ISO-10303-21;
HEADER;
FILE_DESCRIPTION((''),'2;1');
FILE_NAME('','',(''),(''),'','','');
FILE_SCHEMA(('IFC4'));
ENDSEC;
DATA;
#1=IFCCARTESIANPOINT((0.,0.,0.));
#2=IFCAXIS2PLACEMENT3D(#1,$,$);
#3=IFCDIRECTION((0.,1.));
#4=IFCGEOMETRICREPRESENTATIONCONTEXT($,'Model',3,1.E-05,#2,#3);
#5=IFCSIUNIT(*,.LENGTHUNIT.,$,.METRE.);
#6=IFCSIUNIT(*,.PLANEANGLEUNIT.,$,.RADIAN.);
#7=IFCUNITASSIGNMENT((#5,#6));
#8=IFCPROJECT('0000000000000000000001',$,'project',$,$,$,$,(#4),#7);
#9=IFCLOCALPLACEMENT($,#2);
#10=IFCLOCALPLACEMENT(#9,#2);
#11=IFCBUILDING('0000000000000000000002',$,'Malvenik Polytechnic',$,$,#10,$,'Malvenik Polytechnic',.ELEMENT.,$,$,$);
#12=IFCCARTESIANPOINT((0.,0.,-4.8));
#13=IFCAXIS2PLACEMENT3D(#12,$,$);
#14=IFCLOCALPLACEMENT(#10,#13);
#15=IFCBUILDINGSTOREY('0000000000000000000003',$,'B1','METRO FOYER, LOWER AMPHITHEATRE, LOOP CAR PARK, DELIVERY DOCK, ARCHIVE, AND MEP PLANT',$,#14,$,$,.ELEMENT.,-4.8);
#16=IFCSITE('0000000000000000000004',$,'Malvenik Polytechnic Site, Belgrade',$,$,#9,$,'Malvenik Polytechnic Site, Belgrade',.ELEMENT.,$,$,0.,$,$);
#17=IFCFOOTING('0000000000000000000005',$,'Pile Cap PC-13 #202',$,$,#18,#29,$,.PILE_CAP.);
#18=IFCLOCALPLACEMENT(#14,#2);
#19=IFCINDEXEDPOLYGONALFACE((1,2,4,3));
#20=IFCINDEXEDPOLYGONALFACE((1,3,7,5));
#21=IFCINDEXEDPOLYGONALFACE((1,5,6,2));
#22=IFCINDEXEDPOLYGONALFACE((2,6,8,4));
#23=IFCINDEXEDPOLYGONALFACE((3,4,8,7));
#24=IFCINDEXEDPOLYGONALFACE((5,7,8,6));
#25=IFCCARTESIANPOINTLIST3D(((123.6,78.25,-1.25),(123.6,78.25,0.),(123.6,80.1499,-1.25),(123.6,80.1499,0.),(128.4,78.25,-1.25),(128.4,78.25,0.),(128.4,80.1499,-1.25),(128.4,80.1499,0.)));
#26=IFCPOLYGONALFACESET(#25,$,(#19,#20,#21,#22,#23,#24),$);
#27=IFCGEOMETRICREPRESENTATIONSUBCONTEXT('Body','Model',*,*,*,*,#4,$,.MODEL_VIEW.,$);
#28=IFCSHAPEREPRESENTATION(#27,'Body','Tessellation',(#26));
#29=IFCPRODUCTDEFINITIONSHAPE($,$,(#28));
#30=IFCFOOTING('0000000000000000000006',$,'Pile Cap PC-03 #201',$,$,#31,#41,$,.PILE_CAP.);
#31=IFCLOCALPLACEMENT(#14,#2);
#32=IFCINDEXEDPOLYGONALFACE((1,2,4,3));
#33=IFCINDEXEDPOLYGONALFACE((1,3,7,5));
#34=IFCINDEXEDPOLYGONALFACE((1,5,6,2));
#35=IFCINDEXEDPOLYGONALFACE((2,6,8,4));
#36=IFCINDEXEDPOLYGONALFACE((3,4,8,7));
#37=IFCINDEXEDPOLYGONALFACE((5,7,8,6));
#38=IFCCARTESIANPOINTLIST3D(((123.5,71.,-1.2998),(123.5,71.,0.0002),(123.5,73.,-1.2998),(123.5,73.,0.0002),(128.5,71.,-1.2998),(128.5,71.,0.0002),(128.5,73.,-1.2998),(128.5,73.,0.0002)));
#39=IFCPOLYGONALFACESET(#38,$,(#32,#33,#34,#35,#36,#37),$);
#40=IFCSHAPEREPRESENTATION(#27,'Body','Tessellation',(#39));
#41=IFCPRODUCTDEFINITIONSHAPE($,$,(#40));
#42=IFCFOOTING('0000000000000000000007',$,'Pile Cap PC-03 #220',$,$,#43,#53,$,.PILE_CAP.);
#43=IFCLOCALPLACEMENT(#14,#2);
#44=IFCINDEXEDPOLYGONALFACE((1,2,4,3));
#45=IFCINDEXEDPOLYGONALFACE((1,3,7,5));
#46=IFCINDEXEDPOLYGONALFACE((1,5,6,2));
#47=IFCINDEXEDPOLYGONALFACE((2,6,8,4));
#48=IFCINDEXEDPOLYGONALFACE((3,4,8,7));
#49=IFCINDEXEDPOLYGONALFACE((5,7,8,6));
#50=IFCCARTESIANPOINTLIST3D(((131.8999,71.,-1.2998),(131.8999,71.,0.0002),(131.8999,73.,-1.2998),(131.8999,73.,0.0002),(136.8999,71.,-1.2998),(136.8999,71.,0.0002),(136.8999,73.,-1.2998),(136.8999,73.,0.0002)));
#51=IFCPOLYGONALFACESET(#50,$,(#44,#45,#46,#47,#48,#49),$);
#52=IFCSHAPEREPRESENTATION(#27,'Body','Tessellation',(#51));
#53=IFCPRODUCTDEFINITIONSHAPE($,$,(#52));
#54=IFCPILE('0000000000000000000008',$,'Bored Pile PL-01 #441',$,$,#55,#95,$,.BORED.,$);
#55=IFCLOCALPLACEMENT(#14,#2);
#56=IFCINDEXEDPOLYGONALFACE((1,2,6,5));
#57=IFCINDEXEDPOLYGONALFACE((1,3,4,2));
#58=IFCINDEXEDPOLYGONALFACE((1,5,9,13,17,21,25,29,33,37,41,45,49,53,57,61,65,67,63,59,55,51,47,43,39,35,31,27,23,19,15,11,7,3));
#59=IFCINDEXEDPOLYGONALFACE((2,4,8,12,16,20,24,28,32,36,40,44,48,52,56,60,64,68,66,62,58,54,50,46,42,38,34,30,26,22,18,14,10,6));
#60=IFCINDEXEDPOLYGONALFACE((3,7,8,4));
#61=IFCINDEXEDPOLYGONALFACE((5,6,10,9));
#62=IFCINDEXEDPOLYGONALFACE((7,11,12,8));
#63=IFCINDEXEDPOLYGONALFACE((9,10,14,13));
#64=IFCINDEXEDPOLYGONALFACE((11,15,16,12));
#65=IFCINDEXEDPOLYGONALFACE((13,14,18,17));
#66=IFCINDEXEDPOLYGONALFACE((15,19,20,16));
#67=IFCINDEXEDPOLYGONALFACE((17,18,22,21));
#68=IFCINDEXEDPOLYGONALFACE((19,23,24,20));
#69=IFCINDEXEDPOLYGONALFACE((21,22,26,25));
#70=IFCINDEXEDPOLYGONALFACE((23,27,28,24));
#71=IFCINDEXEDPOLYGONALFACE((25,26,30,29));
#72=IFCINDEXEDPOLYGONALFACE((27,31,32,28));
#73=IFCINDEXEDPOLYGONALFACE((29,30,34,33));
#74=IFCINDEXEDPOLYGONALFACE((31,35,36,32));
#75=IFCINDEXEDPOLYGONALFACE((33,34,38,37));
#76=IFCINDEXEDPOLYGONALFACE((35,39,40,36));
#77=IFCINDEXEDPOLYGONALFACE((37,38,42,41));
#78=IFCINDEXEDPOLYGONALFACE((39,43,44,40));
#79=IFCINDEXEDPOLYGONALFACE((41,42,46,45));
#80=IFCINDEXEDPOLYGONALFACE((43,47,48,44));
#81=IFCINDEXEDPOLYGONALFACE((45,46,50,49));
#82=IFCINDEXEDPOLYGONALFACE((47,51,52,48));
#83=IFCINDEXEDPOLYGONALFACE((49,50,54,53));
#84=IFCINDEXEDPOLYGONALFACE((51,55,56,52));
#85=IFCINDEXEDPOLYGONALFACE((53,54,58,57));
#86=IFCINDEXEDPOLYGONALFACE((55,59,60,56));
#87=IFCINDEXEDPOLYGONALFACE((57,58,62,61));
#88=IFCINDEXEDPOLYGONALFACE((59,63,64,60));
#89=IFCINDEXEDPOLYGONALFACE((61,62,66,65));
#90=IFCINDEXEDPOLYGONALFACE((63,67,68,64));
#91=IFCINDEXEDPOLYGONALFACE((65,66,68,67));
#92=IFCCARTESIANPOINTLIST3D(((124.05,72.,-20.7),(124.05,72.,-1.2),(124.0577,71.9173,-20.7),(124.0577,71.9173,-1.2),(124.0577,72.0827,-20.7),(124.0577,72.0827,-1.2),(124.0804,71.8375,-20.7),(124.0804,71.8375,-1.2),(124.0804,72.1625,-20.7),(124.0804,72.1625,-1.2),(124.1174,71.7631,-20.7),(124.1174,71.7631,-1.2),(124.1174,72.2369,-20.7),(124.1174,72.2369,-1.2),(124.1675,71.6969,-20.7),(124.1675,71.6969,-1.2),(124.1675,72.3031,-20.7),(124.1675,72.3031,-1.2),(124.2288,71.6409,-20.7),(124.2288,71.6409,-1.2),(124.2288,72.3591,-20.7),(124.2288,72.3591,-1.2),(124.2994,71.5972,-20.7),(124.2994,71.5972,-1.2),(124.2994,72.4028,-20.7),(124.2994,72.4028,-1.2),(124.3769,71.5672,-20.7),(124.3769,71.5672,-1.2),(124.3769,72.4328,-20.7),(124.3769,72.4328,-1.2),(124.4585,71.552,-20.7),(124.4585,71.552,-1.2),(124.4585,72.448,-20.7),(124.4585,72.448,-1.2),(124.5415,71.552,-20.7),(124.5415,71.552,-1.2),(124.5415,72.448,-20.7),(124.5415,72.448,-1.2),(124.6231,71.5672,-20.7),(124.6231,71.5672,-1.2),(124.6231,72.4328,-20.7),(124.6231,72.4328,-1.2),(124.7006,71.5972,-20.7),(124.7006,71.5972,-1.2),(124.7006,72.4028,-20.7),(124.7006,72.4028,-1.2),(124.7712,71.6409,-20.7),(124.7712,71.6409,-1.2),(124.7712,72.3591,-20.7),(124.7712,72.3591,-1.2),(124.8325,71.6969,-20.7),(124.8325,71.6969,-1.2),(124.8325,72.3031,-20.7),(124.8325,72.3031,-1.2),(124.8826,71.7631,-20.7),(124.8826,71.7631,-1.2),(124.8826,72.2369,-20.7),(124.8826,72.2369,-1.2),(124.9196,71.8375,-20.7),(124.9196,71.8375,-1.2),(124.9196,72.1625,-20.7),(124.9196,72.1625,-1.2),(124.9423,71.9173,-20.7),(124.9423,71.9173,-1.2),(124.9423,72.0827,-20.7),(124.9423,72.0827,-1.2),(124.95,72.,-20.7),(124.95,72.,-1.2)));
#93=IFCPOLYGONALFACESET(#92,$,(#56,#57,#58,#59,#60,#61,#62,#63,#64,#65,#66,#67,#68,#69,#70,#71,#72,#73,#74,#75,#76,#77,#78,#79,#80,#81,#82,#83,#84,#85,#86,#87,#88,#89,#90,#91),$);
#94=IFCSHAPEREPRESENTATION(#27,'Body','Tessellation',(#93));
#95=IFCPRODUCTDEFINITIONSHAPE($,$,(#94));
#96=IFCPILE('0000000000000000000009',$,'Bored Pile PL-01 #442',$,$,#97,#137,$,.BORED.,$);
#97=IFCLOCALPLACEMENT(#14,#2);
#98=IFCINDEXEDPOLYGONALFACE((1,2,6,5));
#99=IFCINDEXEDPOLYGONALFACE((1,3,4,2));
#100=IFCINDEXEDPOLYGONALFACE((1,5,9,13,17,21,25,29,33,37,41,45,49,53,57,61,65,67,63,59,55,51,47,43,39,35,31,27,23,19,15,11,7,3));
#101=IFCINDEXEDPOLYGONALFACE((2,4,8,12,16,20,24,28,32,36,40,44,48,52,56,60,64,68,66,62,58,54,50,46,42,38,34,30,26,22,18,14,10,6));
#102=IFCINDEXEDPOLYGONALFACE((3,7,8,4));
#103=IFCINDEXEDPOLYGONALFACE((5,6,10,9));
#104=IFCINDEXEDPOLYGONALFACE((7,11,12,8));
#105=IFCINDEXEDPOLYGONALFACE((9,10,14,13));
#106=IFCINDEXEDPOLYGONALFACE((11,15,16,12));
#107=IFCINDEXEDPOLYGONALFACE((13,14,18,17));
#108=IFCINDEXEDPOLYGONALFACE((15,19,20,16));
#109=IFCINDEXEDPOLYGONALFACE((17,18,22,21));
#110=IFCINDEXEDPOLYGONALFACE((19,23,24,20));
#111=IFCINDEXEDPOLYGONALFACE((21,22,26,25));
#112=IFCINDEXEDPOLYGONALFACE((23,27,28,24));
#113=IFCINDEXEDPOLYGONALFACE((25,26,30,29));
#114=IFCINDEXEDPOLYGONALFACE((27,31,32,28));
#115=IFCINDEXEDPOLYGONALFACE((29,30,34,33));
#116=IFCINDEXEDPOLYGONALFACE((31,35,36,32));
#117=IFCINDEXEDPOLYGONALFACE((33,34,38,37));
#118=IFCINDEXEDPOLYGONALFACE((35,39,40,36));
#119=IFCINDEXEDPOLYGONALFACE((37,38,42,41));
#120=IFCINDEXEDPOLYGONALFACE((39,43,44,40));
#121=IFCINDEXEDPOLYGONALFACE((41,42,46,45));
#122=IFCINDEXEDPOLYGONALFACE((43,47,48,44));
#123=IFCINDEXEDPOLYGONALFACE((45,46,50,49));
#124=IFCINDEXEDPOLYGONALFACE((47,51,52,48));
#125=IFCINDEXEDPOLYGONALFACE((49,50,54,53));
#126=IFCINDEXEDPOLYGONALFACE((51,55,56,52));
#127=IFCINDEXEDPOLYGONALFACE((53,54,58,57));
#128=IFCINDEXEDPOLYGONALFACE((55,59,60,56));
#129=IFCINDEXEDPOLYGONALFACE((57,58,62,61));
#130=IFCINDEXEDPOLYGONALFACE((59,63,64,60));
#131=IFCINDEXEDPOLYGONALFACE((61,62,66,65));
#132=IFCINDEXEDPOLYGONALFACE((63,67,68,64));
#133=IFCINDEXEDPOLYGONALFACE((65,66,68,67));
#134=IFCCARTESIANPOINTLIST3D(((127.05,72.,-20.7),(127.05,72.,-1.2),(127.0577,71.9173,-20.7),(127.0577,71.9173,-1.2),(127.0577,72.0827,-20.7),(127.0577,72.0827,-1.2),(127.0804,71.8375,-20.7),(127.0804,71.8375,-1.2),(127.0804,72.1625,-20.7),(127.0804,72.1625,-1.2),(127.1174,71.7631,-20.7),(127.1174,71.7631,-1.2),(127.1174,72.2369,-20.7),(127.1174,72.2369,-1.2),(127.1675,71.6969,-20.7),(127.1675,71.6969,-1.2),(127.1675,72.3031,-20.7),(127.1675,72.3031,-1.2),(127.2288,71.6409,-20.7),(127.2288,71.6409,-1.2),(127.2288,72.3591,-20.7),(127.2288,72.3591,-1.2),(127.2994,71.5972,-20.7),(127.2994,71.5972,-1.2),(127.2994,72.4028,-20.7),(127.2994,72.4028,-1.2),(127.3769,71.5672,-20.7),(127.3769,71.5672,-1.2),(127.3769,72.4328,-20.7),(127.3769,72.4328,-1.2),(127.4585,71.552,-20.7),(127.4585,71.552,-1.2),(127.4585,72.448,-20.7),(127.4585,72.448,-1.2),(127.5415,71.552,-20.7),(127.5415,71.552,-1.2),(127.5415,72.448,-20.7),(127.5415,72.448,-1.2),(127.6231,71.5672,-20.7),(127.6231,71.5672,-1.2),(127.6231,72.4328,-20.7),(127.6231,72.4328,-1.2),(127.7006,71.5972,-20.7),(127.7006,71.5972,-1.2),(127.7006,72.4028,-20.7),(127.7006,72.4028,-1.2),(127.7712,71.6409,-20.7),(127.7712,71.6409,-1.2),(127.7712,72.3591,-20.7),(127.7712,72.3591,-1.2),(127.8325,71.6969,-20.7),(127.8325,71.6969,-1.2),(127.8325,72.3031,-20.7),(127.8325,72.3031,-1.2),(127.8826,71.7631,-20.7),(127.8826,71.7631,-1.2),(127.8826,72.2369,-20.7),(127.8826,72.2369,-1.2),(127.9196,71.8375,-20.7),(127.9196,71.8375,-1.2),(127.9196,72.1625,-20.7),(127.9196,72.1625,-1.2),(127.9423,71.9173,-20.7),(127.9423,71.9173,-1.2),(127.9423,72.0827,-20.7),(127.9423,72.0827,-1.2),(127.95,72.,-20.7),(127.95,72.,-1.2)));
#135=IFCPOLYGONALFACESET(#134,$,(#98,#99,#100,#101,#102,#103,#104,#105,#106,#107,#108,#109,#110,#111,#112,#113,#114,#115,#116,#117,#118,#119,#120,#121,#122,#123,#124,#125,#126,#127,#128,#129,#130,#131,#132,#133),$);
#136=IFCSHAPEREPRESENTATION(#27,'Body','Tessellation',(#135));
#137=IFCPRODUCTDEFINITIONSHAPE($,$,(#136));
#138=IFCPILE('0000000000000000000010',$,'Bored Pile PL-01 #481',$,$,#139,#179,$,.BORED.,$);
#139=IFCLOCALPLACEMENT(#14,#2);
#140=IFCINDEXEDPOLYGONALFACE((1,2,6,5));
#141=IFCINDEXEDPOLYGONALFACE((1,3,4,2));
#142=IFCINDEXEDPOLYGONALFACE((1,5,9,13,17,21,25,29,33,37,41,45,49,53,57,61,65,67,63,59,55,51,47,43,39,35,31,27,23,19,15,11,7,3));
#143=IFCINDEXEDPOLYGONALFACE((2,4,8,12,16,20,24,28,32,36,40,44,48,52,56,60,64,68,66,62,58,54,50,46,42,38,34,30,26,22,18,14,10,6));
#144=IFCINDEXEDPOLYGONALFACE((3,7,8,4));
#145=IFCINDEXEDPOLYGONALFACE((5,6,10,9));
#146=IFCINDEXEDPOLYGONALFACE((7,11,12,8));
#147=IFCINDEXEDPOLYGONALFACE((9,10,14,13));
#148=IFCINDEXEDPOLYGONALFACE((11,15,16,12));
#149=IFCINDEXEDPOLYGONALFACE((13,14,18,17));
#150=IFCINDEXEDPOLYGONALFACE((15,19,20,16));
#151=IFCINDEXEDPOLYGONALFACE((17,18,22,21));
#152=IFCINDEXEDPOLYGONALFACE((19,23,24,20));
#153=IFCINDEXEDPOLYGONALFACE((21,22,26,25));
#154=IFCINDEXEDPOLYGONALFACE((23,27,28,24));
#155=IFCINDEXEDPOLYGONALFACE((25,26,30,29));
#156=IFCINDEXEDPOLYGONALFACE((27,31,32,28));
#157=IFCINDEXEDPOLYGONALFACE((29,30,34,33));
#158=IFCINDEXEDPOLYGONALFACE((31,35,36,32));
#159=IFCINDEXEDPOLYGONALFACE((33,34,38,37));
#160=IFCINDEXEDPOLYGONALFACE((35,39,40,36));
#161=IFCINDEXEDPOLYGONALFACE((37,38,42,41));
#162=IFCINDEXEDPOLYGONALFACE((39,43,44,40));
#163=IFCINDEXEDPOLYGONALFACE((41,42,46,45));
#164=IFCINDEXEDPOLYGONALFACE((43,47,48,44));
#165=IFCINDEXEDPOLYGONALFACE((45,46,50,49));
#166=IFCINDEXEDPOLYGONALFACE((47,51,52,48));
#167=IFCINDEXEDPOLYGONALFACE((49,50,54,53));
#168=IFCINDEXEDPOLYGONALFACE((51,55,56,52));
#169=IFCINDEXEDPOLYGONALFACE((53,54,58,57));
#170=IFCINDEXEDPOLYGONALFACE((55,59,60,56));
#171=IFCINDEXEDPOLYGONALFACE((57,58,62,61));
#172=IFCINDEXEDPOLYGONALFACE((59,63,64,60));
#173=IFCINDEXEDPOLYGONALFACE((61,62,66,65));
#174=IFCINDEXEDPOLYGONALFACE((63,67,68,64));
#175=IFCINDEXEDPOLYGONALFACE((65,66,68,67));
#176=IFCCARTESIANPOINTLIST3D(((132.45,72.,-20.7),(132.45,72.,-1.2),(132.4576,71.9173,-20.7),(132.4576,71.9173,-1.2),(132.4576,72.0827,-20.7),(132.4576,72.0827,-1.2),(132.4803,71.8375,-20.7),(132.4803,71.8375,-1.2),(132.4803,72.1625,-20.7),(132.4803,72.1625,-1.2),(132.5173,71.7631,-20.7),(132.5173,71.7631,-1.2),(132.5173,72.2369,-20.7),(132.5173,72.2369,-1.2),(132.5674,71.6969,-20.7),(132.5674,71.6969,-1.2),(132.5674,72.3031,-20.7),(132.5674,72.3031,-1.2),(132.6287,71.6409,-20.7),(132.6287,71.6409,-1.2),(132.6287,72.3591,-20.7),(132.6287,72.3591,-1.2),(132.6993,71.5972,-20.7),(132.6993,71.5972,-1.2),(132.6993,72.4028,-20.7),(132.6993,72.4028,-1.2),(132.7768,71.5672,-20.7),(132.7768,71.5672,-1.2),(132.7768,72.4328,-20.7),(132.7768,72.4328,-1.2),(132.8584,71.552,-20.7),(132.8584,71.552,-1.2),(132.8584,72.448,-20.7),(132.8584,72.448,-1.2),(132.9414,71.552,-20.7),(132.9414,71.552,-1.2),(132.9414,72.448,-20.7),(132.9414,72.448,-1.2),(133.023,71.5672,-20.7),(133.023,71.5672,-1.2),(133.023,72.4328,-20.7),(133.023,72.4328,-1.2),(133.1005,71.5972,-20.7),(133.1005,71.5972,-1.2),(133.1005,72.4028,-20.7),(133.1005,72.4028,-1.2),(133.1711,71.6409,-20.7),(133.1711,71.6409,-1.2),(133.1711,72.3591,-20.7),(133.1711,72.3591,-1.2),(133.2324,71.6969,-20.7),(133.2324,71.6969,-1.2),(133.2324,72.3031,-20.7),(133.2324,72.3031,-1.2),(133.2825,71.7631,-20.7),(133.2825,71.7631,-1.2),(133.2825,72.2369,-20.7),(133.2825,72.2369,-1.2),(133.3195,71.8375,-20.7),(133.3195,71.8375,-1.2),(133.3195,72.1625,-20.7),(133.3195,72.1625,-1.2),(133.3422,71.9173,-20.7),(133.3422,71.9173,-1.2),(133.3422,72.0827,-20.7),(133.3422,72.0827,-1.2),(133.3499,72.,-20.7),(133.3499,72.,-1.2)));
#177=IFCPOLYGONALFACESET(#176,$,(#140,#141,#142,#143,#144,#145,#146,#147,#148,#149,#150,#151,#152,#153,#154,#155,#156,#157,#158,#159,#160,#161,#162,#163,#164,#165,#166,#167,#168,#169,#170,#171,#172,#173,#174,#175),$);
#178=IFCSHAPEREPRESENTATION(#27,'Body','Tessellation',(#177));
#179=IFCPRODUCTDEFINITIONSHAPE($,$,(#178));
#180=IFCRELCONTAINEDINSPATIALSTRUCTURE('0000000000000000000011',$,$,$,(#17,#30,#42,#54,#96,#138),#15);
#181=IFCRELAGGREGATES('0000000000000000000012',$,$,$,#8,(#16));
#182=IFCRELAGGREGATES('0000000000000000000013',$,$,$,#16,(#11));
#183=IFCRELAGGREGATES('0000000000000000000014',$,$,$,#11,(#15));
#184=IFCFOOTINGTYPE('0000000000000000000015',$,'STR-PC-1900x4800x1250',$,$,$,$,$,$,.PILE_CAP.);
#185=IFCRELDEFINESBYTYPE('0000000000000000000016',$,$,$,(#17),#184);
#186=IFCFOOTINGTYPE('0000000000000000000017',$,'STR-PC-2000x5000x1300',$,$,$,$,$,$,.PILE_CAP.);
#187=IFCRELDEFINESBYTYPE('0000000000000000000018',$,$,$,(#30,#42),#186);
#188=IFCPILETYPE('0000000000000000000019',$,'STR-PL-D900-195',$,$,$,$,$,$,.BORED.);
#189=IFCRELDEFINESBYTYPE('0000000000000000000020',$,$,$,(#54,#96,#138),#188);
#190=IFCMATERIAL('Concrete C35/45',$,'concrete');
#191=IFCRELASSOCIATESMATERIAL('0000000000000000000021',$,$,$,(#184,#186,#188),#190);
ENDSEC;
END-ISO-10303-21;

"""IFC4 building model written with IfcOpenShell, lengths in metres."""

from ifc_helpers import new_model, si_unit, direction, frame, origin, origin_2d, place, context, subcontext, project, spatial, rectangle, circle, extrude, material, material_profile, profile_set, type_object, element, save


model = new_model("IFC4")

# Units and contexts
model_context = context("Model", 3, precision=1e-05, world=origin(), true_north=direction((0.0, 1.0)))
body_context = subcontext(model_context, "Body", "Model", "MODEL_VIEW")
ifc_project = project(units=[si_unit("LENGTHUNIT", "METRE"), si_unit("PLANEANGLEUNIT", "RADIAN")], contexts=[model_context])

# Site, building, storey
site_placement = place(None, origin())
site = spatial("IfcSite", under=ifc_project, at=site_placement, Name="Malvenik Polytechnic Site, Belgrade", LongName="Malvenik Polytechnic Site, Belgrade", CompositionType="ELEMENT", RefElevation=0.0)
building_placement = place(site_placement, origin())
building = spatial("IfcBuilding", under=site, at=building_placement, Name="Malvenik Polytechnic", LongName="Malvenik Polytechnic", CompositionType="ELEMENT")
storey_placement = place(building_placement, frame((0.0, 0.0, -4.8)))
storey = spatial("IfcBuildingStorey", under=building, at=storey_placement, Name="B1", Description="METRO FOYER, LOWER AMPHITHEATRE, LOOP CAR PARK, DELIVERY DOCK, ARCHIVE, AND MEP PLANT", CompositionType="ELEMENT", Elevation=-4.8)

# Footings
ifc_material_1 = material(Name="Concrete C35/45", Category="concrete")
footing_type_1 = type_object("IfcFootingType", Name="STR-PC-1900x4800x1250", PredefinedType="PILE_CAP", material=ifc_material_1)
footing_placement = place(storey_placement, frame((126.0, 79.2, -1.25), z_axis=(0.0, 0.0, 1.0), x_axis=(1.0, 0.0, 0.0)))
element("IfcFooting", 1, at=footing_placement, inside=storey, type_object=footing_type_1, Name="Pile Cap PC-13 #202", PredefinedType="PILE_CAP", context=body_context, shape_type="SweptSolid", body=[
    extrude(rectangle(XDim=4.8, YDim=1.8999, at=origin_2d()), origin(), (0.0, 0.0, 1.0), 1.25),
])
footing_type_2 = type_object("IfcFootingType", Name="STR-PC-2000x5000x1300", PredefinedType="PILE_CAP", material=ifc_material_1)
for number, where, z_axis, x_axis, name in (
    (2, (126.0, 72.0, -1.2998), (0.0, 0.0, 1.0), (1.0, 0.0, 0.0), "Pile Cap PC-03 #201"),
    (3, (134.3999, 72.0, -1.2998), (0.0, 0.0, 1.0), (1.0, 0.0, 0.0), "Pile Cap PC-03 #220"),
):
    element("IfcFooting", number, at=place(storey_placement, frame(where, z_axis=z_axis, x_axis=x_axis)), inside=storey, type_object=footing_type_2, Name=name, PredefinedType="PILE_CAP", context=body_context, shape_type="SweptSolid", body=[
        extrude(rectangle(XDim=5.0, YDim=2.0, at=origin_2d()), origin(), (0.0, 0.0, 1.0), 1.3),
    ])

# Piles
ifc_material_profile_1 = material_profile(ifc_material_1, circle(Radius=0.45, at=origin_2d()), Name="BORED PILE D900")
ifc_profile_set_1 = profile_set([ifc_material_profile_1], Name="Concrete C35/45")
pile_type_1 = type_object("IfcPileType", Name="STR-PL-D900-195", PredefinedType="BORED", material=ifc_profile_set_1)
for number, where, z_axis, x_axis, name in (
    (4, (124.5, 72.0, -1.2), (0.0, 0.0, -1.0), (1.0, 0.0, 0.0), "Bored Pile PL-01 #441"),
    (5, (127.5, 72.0, -1.2), (0.0, 0.0, -1.0), (1.0, 0.0, 0.0), "Bored Pile PL-01 #442"),
    (6, (132.8999, 72.0, -1.2), (0.0, 0.0, -1.0), (1.0, 0.0, 0.0), "Bored Pile PL-01 #481"),
):
    element("IfcPile", number, at=place(storey_placement, frame(where, z_axis=z_axis, x_axis=x_axis)), inside=storey, type_object=pile_type_1, Name=name, PredefinedType="BORED", context=body_context, shape_type="SweptSolid", body=[
        extrude(circle(Radius=0.45, at=origin_2d()), origin(), (0.0, 0.0, 1.0), 19.5),
    ])

save(model, "model.ifc")
